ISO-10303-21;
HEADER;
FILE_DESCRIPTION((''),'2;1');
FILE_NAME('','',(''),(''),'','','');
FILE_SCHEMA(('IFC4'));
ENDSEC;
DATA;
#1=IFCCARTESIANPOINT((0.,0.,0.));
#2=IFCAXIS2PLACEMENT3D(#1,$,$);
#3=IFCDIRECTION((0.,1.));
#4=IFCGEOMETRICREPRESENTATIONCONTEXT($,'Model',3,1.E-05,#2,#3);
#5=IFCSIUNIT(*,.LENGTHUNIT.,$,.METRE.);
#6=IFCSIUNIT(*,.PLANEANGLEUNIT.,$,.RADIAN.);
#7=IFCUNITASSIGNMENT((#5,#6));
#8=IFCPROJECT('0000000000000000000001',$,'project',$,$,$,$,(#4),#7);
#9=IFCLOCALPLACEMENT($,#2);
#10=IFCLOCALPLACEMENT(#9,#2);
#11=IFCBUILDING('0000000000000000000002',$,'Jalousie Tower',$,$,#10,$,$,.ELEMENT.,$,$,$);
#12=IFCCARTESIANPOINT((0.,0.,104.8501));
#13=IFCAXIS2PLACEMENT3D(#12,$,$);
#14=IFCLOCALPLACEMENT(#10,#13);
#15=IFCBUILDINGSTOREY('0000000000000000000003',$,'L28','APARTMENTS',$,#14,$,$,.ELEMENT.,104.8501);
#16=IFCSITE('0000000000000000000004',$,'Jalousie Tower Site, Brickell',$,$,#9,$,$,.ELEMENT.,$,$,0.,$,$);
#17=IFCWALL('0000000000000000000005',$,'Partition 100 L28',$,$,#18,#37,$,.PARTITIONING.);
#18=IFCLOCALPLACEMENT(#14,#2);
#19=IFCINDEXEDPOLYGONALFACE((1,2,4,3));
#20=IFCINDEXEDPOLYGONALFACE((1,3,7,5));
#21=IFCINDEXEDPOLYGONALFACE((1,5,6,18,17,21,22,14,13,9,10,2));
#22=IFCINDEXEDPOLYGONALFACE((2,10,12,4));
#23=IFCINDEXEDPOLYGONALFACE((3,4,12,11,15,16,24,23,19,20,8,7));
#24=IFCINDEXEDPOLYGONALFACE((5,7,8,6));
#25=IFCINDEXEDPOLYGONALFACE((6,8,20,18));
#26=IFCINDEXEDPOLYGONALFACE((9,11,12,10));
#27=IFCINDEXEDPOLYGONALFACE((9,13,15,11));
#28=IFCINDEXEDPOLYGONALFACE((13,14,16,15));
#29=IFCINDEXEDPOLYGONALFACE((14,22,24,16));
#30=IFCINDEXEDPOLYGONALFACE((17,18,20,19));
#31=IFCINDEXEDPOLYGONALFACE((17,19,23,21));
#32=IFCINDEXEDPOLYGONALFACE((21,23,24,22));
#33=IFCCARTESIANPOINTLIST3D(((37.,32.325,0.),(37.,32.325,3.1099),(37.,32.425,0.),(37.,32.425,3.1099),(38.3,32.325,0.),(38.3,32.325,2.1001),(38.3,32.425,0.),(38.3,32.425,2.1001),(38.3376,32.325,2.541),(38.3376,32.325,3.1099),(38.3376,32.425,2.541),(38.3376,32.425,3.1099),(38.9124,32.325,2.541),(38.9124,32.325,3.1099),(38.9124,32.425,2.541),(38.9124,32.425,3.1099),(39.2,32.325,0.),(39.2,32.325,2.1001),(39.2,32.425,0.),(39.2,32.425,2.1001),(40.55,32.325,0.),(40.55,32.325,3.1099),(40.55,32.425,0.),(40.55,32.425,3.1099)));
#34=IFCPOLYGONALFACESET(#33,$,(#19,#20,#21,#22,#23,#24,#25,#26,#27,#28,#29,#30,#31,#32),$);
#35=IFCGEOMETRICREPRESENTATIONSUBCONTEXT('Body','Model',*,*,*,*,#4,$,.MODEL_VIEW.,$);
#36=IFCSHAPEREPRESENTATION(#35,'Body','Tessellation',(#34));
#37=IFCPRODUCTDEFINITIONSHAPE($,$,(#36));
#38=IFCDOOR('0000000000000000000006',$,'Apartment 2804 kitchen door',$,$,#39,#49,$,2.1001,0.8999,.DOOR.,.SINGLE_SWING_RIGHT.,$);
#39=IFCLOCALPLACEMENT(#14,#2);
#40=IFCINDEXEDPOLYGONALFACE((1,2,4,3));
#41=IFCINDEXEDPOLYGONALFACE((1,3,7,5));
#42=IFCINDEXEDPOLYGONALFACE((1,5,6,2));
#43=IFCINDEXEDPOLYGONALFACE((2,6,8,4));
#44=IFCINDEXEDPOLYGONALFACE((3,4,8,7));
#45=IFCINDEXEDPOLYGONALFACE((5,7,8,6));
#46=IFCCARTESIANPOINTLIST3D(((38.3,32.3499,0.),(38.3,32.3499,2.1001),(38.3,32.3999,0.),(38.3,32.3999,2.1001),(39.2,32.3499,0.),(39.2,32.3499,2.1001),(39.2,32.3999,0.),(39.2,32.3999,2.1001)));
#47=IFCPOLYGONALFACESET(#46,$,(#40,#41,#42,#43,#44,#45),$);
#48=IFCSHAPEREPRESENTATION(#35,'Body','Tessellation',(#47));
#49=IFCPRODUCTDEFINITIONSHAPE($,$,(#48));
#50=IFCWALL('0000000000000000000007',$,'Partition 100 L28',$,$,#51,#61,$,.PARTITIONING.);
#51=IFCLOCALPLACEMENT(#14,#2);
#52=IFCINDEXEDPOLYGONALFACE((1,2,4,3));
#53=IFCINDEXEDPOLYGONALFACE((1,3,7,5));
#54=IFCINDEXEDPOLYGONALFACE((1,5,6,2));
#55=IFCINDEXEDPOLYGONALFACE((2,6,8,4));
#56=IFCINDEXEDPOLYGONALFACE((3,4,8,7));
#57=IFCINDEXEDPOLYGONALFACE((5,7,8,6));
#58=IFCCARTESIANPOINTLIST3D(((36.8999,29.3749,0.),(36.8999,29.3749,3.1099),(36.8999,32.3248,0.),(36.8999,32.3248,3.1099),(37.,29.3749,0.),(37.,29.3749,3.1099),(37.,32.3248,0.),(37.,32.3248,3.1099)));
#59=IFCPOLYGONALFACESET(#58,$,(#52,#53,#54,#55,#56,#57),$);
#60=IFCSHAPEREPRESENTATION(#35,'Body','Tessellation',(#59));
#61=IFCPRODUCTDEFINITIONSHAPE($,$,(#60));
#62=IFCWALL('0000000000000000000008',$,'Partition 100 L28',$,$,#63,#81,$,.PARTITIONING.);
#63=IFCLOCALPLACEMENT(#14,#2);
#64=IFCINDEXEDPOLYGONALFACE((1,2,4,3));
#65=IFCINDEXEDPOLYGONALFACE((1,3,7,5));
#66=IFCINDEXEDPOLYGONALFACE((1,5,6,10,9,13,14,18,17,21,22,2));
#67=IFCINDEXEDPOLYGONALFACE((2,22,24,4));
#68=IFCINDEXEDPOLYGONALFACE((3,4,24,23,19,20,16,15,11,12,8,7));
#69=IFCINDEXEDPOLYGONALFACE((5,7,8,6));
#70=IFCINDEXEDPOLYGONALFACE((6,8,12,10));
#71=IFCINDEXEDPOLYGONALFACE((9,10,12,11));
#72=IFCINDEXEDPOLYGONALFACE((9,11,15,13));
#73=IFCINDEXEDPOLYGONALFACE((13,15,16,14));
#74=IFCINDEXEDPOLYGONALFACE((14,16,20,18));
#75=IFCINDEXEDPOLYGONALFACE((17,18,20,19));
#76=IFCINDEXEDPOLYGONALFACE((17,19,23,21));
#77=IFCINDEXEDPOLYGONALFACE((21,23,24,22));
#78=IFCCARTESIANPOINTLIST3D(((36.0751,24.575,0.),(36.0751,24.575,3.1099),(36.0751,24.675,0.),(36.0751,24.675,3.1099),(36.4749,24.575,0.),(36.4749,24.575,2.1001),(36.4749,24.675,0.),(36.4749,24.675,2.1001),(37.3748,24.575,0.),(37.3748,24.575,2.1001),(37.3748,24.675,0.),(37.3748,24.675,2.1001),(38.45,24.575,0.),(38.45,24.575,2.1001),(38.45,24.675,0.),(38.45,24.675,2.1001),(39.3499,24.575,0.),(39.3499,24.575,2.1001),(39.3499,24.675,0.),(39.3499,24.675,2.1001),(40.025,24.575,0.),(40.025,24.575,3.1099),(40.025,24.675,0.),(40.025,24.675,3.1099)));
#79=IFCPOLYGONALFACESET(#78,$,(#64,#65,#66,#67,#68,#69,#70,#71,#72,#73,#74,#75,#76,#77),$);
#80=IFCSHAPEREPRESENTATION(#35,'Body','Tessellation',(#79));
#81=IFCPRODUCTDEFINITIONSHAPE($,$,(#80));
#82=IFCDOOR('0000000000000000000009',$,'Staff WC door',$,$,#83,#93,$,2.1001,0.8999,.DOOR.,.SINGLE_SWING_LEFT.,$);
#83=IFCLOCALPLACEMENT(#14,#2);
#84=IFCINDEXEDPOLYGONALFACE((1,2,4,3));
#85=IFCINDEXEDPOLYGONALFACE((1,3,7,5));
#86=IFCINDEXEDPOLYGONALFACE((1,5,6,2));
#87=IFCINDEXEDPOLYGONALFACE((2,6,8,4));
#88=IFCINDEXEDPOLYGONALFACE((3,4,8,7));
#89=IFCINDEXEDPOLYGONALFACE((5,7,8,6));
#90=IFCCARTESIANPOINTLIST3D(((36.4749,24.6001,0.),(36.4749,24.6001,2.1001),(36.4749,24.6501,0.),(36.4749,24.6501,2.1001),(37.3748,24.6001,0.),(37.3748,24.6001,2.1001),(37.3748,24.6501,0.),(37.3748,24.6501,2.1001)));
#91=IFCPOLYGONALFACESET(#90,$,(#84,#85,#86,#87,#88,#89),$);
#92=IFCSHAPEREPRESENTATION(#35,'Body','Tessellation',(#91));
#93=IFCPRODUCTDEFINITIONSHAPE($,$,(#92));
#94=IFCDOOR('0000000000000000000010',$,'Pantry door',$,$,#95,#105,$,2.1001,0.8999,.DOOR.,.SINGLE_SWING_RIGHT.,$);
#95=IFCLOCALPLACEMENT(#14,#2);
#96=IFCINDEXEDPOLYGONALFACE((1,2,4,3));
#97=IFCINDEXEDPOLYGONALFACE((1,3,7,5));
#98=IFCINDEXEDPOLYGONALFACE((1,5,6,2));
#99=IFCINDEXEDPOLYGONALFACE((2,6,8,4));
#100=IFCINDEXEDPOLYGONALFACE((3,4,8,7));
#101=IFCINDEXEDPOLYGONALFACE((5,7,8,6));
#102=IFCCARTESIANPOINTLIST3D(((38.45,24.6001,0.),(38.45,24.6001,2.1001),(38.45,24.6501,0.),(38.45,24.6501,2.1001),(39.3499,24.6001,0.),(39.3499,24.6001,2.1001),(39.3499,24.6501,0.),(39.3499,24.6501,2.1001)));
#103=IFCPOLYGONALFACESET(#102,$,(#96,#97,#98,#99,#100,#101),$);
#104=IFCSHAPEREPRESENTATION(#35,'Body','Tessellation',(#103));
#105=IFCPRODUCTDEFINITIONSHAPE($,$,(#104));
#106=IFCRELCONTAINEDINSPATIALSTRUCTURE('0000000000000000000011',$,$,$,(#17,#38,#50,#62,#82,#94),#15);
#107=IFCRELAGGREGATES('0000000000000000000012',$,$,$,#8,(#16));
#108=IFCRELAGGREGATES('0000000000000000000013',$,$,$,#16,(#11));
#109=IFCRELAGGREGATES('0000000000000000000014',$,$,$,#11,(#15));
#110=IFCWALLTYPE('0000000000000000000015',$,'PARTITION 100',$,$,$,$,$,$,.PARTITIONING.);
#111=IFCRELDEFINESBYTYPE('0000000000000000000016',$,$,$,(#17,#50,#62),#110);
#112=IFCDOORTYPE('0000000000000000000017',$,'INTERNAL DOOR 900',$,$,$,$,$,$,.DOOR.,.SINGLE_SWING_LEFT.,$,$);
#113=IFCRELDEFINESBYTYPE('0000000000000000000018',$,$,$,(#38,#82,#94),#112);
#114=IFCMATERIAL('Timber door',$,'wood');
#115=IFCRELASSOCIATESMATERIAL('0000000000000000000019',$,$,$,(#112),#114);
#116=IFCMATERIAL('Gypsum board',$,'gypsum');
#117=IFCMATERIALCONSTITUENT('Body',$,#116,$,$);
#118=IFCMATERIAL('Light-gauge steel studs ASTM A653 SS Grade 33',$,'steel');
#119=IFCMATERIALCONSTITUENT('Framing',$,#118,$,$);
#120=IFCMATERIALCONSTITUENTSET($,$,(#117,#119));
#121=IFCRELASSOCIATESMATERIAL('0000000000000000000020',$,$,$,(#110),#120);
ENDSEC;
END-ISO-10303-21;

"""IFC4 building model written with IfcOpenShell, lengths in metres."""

from ifc_helpers import new_model, si_unit, direction, frame, frame_2d, origin, place, context, subcontext, project, spatial, polyline, rectangle, outline, extrude, material, constituent, constituent_set, type_object, element, fill, save


model = new_model("IFC4")

# Units and contexts
model_context = context("Model", 3, precision=1e-05, world=origin(), true_north=direction((0.0, 1.0)))
body_context = subcontext(model_context, "Body", "Model", "MODEL_VIEW")
ifc_project = project(units=[si_unit("LENGTHUNIT", "METRE"), si_unit("PLANEANGLEUNIT", "RADIAN")], contexts=[model_context])

# Site, building, storey
site_placement = place(None, origin())
site = spatial("IfcSite", under=ifc_project, at=site_placement, Name="Jalousie Tower Site, Brickell", CompositionType="ELEMENT", RefElevation=0.0)
building_placement = place(site_placement, origin())
building = spatial("IfcBuilding", under=site, at=building_placement, Name="Jalousie Tower", CompositionType="ELEMENT")
storey_placement = place(building_placement, frame((0.0, 0.0, 104.8501)))
storey = spatial("IfcBuildingStorey", under=building, at=storey_placement, Name="L28", Description="APARTMENTS", CompositionType="ELEMENT", Elevation=104.8501)

# Shared definitions
ifc_material_1 = material(Name="Timber door", Category="wood")
door_type_1 = type_object("IfcDoorType", Name="INTERNAL DOOR 900", OperationType="SINGLE_SWING_LEFT", PredefinedType="DOOR", material=ifc_material_1)

# Wall, opening, door
ifc_material_2 = material(Name="Gypsum board", Category="gypsum")
ifc_constituent_1 = constituent(ifc_material_2, Name="Body")
ifc_material_3 = material(Name="Light-gauge steel studs ASTM A653 SS Grade 33", Category="steel")
ifc_constituent_2 = constituent(ifc_material_3, Name="Framing")
ifc_constituent_set_1 = constituent_set(constituents=[ifc_constituent_1, ifc_constituent_2])
wall_type_1 = type_object("IfcWallType", Name="PARTITION 100", PredefinedType="PARTITIONING", material=ifc_constituent_set_1)
wall_1_placement = place(storey_placement, frame((37.0, 32.375, 0.0), z_axis=(0.0, 0.0, 1.0), x_axis=(1.0, 0.0, 0.0)))
wall_1 = element("IfcWall", 1, at=wall_1_placement, inside=storey, type_object=wall_type_1, Name="Partition 100 L28", PredefinedType="PARTITIONING", context=body_context, shape_type="SweptSolid", body=[
    extrude(outline(polyline([(0.0, 0.0), (3.55, 0.0), (3.55, 3.1099), (1.9124, 3.1099), (1.9124, 2.541), (1.3376, 2.541), (1.3376, 3.1099), (0.0, 3.1099), (0.0, 0.0)])), frame((0.0, 0.05, 0.0), z_axis=(0.0, -1.0, 0.0), x_axis=(1.0, 0.0, 0.0)), (0.0, 0.0, 1.0), 0.1001),
])
opening_1_placement = place(wall_1_placement, frame((1.3, 0.0, 0.0)))
opening_1 = element("IfcOpeningElement", 2, at=opening_1_placement, cuts=wall_1, PredefinedType="OPENING", context=body_context, shape_type="SweptSolid", body=[
    extrude(rectangle(XDim=0.8999, YDim=2.1001, at=frame_2d((0.45, 1.05))), frame((0.0, 0.0601, 0.0), z_axis=(0.0, -1.0, 0.0), x_axis=(1.0, 0.0, 0.0)), (0.0, 0.0, 1.0), 0.1201),
])
door_1_placement = place(opening_1_placement, origin())
door_1 = element("IfcDoor", 3, at=door_1_placement, inside=storey, type_object=door_type_1, Name="Apartment 2804 kitchen door", OperationType="SINGLE_SWING_RIGHT", OverallHeight=2.1001, OverallWidth=0.8999, PredefinedType="DOOR", context=body_context, shape_type="SweptSolid", body=[
    extrude(rectangle(XDim=0.8999, YDim=2.1001, at=frame_2d((0.45, 1.05))), frame((0.0, 0.0249, 0.0), z_axis=(0.0, -1.0, 0.0), x_axis=(1.0, 0.0, 0.0)), (0.0, 0.0, 1.0), 0.05),
])
fill(opening_1, door_1)

# Wall
wall_2_placement = place(storey_placement, frame((36.95, 32.325, 0.0), z_axis=(0.0, 0.0, 1.0), x_axis=(0.0, -1.0, 0.0)))
element("IfcWall", 4, at=wall_2_placement, inside=storey, type_object=wall_type_1, Name="Partition 100 L28", PredefinedType="PARTITIONING", context=body_context, shape_type="SweptSolid", body=[
    extrude(rectangle(XDim=2.95, YDim=0.1001, at=frame_2d((1.4751, 0.0))), origin(), (0.0, 0.0, 1.0), 3.1099),
])

# Wall, openings, doors
wall_3_placement = place(storey_placement, frame((36.075, 24.625, 0.0), z_axis=(0.0, 0.0, 1.0), x_axis=(1.0, 0.0, 0.0)))
wall_3 = element("IfcWall", 5, at=wall_3_placement, inside=storey, type_object=wall_type_1, Name="Partition 100 L28", PredefinedType="PARTITIONING", context=body_context, shape_type="SweptSolid", body=[
    extrude(rectangle(XDim=3.95, YDim=0.1001, at=frame_2d((1.9751, 0.0))), origin(), (0.0, 0.0, 1.0), 3.1099),
])
opening_2_placement = place(wall_3_placement, frame((0.3999, 0.0, 0.0)))
opening_2 = element("IfcOpeningElement", 6, at=opening_2_placement, cuts=wall_3, PredefinedType="OPENING", context=body_context, shape_type="SweptSolid", body=[
    extrude(rectangle(XDim=0.8999, YDim=2.1001, at=frame_2d((0.45, 1.05))), frame((0.0, 0.0601, 0.0), z_axis=(0.0, -1.0, 0.0), x_axis=(1.0, 0.0, 0.0)), (0.0, 0.0, 1.0), 0.1201),
])
opening_3_placement = place(wall_3_placement, frame((2.375, 0.0, 0.0)))
opening_3 = element("IfcOpeningElement", 7, at=opening_3_placement, cuts=wall_3, PredefinedType="OPENING", context=body_context, shape_type="SweptSolid", body=[
    extrude(rectangle(XDim=0.8999, YDim=2.1001, at=frame_2d((0.45, 1.05))), frame((0.0, 0.0601, 0.0), z_axis=(0.0, -1.0, 0.0), x_axis=(1.0, 0.0, 0.0)), (0.0, 0.0, 1.0), 0.1201),
])
door_2_placement = place(opening_2_placement, frame((0.8999, 0.0, 0.0), z_axis=(0.0, 0.0, 1.0), x_axis=(-1.0, 0.0, 0.0)))
door_2 = element("IfcDoor", 8, at=door_2_placement, inside=storey, type_object=door_type_1, Name="Staff WC door", OperationType="SINGLE_SWING_LEFT", OverallHeight=2.1001, OverallWidth=0.8999, PredefinedType="DOOR", context=body_context, shape_type="SweptSolid", body=[
    extrude(rectangle(XDim=0.8999, YDim=2.1001, at=frame_2d((0.45, 1.05))), frame((0.0, 0.0249, 0.0), z_axis=(0.0, -1.0, 0.0), x_axis=(1.0, 0.0, 0.0)), (0.0, 0.0, 1.0), 0.05),
])
fill(opening_2, door_2)
door_3_placement = place(opening_3_placement, frame((0.8999, 0.0, 0.0), z_axis=(0.0, 0.0, 1.0), x_axis=(-1.0, 0.0, 0.0)))
door_3 = element("IfcDoor", 9, at=door_3_placement, inside=storey, type_object=door_type_1, Name="Pantry door", OperationType="SINGLE_SWING_RIGHT", OverallHeight=2.1001, OverallWidth=0.8999, PredefinedType="DOOR", context=body_context, shape_type="SweptSolid", body=[
    extrude(rectangle(XDim=0.8999, YDim=2.1001, at=frame_2d((0.45, 1.05))), frame((0.0, 0.0249, 0.0), z_axis=(0.0, -1.0, 0.0), x_axis=(1.0, 0.0, 0.0)), (0.0, 0.0, 1.0), 0.05),
])
fill(opening_3, door_3)

save(model, "model.ifc")
